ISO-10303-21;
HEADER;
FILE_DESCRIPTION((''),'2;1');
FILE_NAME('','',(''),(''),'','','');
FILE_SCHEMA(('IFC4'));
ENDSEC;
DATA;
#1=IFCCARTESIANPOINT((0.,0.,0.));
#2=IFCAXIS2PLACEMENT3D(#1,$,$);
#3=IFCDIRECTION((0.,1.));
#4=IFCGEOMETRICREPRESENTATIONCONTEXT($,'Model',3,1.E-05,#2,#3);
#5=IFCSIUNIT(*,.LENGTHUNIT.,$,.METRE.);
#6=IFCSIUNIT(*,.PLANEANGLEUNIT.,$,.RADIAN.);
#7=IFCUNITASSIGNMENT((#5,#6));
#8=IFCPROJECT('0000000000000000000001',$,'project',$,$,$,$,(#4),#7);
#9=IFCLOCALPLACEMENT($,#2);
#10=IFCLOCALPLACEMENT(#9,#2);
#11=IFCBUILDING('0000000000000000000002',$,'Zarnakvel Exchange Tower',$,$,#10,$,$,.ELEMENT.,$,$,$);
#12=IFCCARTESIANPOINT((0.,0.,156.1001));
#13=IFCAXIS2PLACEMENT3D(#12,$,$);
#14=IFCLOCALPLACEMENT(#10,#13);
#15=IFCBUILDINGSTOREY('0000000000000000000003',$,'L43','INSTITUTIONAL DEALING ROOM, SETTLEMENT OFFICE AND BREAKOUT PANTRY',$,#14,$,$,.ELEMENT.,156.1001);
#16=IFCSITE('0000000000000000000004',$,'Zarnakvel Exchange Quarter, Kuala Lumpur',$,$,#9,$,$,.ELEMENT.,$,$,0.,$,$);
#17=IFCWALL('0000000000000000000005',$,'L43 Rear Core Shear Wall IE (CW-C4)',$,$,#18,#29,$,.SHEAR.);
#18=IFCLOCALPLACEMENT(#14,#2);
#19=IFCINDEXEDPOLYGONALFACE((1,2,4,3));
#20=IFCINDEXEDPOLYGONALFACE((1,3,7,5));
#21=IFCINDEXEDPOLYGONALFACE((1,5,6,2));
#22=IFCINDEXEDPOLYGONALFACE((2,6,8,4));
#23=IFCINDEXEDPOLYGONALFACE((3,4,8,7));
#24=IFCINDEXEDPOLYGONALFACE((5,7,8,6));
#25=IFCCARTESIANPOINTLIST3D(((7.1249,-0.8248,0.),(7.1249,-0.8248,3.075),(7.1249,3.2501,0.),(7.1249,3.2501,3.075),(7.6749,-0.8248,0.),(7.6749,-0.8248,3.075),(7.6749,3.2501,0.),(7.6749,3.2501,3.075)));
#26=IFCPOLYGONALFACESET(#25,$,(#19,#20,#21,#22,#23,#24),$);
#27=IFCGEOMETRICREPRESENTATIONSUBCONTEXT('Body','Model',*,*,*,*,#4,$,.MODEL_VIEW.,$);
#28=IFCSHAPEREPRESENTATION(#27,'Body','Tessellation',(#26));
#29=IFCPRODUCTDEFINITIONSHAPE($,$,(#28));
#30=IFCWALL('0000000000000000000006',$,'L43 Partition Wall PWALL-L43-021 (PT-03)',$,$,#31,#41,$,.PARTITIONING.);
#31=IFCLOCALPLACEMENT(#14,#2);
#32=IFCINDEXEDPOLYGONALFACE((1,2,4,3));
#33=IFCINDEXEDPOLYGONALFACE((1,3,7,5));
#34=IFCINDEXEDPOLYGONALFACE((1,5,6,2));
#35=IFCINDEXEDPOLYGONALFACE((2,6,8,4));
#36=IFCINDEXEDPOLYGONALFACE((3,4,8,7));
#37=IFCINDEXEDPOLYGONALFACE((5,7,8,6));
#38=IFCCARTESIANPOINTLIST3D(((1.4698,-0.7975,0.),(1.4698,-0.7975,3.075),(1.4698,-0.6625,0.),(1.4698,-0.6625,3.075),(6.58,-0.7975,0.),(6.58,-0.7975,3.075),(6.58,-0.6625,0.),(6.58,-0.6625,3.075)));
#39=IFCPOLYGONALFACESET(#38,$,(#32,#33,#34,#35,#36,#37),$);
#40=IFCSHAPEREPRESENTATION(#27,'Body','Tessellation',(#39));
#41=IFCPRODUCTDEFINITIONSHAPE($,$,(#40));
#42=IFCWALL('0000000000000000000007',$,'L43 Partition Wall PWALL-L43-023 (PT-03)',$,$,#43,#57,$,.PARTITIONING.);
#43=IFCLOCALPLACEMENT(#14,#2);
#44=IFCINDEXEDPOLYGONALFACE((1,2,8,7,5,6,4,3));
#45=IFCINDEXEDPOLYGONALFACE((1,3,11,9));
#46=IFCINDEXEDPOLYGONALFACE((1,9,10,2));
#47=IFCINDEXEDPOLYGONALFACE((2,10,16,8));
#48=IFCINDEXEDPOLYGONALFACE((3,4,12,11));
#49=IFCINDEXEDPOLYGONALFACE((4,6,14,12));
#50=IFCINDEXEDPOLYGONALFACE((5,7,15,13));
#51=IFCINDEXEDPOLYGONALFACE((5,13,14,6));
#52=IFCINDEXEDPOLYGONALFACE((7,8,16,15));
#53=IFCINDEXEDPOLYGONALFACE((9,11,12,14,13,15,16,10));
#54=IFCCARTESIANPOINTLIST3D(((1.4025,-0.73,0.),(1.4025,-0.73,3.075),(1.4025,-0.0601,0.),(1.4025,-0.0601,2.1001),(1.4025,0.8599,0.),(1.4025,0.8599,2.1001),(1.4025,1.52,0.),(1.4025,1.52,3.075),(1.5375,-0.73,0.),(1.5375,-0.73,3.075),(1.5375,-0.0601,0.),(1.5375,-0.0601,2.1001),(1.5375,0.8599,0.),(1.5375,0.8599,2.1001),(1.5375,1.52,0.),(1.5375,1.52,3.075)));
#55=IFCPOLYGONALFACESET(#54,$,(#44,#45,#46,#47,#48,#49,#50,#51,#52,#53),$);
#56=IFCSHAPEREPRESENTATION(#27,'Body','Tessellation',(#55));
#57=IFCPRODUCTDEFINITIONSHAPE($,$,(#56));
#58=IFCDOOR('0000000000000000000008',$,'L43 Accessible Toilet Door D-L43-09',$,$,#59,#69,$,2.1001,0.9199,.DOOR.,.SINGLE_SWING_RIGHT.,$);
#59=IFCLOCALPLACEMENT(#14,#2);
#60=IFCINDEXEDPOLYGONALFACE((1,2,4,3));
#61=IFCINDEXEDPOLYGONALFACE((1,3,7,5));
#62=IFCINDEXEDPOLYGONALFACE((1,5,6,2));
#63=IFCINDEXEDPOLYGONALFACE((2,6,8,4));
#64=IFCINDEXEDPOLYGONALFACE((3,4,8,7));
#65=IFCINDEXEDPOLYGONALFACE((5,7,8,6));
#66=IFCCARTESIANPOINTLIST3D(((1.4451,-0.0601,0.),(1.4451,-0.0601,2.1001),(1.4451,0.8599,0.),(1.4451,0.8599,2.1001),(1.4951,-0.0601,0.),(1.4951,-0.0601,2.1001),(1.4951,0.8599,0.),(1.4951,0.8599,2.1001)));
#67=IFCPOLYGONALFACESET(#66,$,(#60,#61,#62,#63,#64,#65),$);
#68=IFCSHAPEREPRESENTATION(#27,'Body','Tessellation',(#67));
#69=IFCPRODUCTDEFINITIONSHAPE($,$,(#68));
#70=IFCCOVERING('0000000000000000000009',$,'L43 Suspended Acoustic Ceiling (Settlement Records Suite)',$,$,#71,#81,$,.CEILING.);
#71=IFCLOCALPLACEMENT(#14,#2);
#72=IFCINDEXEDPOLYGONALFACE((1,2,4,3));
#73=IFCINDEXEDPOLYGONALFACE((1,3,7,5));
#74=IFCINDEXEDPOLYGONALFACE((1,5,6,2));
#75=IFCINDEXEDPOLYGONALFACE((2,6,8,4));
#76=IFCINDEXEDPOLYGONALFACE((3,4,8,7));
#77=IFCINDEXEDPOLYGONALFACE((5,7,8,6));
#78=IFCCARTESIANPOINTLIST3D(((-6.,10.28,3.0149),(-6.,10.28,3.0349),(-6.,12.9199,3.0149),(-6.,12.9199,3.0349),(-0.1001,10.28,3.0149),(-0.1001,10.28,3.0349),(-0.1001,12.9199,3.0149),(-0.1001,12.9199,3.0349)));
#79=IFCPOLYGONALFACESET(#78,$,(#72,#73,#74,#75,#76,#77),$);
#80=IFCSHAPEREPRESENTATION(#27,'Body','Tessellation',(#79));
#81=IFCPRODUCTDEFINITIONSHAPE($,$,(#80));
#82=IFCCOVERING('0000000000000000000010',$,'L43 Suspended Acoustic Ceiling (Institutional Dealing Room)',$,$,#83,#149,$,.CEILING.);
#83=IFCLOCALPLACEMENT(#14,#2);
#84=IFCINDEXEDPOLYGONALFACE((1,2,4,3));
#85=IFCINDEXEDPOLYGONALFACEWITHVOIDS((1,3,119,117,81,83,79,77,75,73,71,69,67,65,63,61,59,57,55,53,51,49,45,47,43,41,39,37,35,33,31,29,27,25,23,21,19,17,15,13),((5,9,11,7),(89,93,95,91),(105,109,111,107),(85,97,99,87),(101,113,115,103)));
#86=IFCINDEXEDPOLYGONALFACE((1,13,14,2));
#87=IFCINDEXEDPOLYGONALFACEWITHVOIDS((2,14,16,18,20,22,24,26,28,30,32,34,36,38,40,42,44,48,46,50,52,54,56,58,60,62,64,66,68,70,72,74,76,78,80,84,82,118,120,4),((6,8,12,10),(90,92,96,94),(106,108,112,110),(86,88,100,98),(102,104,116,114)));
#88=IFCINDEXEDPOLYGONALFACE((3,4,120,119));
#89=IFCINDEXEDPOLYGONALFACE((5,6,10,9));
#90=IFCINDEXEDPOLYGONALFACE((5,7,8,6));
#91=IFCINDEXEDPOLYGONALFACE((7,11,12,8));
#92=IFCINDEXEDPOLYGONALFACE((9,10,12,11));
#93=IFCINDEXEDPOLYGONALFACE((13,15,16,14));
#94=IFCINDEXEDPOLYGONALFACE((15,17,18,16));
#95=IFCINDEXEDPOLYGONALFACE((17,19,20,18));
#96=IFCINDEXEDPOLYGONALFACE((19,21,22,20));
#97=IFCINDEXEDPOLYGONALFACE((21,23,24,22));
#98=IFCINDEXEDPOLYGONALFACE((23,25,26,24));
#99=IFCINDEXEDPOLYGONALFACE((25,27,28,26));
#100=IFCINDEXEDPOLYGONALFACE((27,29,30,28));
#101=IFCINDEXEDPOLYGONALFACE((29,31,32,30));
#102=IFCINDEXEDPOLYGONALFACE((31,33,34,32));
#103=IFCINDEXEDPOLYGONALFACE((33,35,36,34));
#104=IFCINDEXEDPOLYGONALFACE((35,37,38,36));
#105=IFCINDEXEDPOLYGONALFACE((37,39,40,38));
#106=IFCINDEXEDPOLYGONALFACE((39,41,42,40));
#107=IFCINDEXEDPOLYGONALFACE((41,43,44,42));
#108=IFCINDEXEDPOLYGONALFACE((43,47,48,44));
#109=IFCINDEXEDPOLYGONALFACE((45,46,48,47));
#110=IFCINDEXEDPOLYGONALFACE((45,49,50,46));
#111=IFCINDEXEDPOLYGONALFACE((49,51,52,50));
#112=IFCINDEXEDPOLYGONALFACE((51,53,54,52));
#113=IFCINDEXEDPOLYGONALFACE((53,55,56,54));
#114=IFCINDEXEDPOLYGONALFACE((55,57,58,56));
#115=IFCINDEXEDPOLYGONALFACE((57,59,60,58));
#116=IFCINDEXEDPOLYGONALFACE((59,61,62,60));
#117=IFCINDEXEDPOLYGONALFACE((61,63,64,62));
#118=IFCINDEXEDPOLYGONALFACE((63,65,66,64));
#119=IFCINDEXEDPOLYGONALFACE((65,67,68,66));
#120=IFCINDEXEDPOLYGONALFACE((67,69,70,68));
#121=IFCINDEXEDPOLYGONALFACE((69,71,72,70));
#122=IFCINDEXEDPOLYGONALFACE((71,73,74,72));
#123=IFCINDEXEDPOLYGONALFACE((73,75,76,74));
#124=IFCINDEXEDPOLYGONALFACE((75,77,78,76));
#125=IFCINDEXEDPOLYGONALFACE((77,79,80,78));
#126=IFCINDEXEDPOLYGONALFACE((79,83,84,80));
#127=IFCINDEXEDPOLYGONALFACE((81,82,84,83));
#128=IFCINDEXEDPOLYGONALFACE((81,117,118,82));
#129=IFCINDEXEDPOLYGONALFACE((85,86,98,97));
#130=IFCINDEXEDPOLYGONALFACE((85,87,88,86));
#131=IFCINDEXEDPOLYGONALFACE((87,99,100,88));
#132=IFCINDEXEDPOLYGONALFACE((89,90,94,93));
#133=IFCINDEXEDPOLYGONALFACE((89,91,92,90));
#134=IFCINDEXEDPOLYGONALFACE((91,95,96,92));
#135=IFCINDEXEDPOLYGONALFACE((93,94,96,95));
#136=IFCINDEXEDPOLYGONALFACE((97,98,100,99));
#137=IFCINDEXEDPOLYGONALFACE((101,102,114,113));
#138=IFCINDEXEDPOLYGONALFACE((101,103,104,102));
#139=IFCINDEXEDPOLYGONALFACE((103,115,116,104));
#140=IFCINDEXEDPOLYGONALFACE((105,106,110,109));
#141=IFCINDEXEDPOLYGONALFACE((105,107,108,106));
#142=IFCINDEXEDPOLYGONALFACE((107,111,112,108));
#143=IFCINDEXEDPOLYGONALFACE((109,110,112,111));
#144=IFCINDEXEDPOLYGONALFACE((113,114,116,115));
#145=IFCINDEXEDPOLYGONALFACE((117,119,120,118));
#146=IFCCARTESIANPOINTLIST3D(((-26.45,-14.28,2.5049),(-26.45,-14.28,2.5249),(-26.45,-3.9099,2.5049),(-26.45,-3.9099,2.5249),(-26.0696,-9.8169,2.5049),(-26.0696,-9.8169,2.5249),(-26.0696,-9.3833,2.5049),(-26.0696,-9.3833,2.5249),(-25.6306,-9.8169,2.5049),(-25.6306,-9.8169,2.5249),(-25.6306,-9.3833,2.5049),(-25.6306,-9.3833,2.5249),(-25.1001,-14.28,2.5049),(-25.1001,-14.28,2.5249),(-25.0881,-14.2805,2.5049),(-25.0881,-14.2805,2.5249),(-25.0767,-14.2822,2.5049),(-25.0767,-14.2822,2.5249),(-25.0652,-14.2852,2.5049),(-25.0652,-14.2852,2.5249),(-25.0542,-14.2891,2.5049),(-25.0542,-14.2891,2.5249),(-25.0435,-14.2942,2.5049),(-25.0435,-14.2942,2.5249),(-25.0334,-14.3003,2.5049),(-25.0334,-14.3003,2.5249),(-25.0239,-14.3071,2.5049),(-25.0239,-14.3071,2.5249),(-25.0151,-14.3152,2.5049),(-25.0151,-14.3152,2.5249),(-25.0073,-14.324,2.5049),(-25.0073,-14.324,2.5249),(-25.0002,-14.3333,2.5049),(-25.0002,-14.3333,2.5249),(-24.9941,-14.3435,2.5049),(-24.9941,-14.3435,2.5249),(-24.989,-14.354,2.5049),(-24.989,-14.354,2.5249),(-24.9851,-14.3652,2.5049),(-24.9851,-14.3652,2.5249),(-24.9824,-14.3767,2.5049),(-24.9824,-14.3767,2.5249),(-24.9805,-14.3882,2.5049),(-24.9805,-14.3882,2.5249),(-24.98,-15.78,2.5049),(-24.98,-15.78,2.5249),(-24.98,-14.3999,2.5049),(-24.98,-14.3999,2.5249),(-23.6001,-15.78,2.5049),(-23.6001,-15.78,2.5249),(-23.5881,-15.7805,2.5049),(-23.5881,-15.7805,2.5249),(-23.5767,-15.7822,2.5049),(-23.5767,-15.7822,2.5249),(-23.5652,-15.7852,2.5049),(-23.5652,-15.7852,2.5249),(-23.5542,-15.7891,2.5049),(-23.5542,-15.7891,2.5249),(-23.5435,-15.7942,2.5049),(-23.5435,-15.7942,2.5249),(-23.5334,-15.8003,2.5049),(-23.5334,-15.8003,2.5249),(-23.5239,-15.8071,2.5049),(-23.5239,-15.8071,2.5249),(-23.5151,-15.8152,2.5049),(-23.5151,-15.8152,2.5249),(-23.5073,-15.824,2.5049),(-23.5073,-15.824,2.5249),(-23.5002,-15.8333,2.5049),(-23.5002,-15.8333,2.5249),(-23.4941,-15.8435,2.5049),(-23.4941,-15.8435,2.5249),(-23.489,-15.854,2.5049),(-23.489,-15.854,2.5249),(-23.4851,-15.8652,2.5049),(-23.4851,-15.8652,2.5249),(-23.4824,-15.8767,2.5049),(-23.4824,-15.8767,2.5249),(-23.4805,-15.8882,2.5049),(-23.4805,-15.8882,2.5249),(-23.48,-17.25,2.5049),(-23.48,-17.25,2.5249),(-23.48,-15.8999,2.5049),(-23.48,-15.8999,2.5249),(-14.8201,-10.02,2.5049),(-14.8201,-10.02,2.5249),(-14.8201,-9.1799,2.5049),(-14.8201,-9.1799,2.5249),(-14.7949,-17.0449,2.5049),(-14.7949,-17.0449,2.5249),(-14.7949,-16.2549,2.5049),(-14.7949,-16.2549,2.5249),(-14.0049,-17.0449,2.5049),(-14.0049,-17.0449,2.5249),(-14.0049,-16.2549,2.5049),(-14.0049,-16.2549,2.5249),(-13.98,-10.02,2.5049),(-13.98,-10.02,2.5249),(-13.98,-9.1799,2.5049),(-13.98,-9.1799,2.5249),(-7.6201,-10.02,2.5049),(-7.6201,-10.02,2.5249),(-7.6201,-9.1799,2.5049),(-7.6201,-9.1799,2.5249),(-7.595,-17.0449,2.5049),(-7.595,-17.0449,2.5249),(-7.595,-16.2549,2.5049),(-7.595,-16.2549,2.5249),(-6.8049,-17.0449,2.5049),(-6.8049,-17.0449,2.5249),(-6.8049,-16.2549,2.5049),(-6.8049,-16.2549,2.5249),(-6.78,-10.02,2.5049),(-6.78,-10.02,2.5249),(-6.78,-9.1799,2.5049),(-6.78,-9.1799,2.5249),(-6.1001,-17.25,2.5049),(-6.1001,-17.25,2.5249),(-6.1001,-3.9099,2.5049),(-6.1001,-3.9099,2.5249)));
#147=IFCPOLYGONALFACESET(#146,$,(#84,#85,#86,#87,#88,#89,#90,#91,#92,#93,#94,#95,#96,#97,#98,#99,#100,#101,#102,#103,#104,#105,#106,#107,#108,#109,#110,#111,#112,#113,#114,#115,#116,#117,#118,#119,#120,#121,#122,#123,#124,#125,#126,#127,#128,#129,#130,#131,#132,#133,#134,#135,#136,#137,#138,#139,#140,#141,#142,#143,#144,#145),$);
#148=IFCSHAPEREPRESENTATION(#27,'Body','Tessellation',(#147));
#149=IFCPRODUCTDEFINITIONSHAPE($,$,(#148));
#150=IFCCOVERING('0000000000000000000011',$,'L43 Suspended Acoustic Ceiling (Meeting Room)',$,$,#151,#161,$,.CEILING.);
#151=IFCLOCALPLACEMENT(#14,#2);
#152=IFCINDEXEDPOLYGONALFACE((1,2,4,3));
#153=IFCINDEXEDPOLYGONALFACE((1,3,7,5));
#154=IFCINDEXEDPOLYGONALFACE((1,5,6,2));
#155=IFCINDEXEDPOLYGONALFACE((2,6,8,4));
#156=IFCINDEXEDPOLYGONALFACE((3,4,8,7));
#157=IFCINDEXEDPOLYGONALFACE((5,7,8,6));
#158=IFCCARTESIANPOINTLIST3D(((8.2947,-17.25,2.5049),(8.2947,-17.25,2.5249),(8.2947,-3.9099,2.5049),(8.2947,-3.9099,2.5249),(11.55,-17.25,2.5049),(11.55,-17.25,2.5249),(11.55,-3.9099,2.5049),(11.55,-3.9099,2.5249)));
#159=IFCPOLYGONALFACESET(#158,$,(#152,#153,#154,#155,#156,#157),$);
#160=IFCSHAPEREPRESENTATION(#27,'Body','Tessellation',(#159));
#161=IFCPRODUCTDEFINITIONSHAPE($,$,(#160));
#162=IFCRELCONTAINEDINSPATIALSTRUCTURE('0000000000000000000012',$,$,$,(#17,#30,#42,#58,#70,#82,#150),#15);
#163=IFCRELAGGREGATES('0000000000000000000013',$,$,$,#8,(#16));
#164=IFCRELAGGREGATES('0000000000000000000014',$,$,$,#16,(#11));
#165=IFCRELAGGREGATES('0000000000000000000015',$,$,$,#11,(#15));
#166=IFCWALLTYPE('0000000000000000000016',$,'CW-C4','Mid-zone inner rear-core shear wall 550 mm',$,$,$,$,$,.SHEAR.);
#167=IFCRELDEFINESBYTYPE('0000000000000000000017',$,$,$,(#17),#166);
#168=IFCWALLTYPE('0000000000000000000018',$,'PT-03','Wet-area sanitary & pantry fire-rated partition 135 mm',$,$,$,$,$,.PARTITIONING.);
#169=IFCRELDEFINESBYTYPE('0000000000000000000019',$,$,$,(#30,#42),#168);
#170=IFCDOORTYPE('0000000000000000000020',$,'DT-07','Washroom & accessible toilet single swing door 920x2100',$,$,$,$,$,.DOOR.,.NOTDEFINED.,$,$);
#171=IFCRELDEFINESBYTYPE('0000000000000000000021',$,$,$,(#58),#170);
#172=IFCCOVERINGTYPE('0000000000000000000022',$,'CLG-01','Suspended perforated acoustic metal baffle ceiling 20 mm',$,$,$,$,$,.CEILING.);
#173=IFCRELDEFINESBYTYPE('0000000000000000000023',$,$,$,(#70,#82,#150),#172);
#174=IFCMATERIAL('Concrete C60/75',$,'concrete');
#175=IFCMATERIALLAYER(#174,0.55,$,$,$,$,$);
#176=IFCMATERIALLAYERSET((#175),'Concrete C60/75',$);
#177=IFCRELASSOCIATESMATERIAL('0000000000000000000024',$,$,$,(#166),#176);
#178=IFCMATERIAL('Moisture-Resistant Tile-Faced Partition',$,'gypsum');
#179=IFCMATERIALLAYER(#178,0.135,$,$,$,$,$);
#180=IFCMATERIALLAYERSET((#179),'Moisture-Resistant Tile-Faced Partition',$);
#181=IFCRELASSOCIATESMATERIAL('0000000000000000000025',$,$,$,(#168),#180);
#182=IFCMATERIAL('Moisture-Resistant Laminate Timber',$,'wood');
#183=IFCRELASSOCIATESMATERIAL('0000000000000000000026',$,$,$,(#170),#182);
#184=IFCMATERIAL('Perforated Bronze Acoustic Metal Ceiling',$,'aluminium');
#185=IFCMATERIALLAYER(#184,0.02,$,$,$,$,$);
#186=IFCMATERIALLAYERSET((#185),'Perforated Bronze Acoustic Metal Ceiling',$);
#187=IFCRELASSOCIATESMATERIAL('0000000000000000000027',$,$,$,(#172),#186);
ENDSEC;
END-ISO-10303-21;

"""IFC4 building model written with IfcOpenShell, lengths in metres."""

from ifc_helpers import new_model, si_unit, direction, frame, frame_2d, origin, place, context, subcontext, project, spatial, polyline, rectangle, outline, extrude, source, transform, mapped, material, layer, layer_set, type_object, element, fill, save


model = new_model("IFC4")

# Units and contexts
model_context = context("Model", 3, precision=1e-05, world=origin(), true_north=direction((0.0, 1.0)))
body_context = subcontext(model_context, "Body", "Model", "MODEL_VIEW")
ifc_project = project(units=[si_unit("LENGTHUNIT", "METRE"), si_unit("PLANEANGLEUNIT", "RADIAN")], contexts=[model_context])

# Site, building, storey
site_placement = place(None, origin())
site = spatial("IfcSite", under=ifc_project, at=site_placement, Name="Zarnakvel Exchange Quarter, Kuala Lumpur", CompositionType="ELEMENT", RefElevation=0.0)
building_placement = place(site_placement, origin())
building = spatial("IfcBuilding", under=site, at=building_placement, Name="Zarnakvel Exchange Tower", CompositionType="ELEMENT")
storey_placement = place(building_placement, frame((0.0, 0.0, 156.1001)))
storey = spatial("IfcBuildingStorey", under=building, at=storey_placement, Name="L43", Description="INSTITUTIONAL DEALING ROOM, SETTLEMENT OFFICE AND BREAKOUT PANTRY", CompositionType="ELEMENT", Elevation=156.1001)

# Shared definitions
ifc_material_1 = material(Name="Concrete C60/75", Category="concrete")

# Walls
ifc_layer_1 = layer(ifc_material_1, 0.55)
ifc_layer_set_1 = layer_set([ifc_layer_1], Name="Concrete C60/75")
wall_type_1 = type_object("IfcWallType", Name="CW-C4", Description="Mid-zone inner rear-core shear wall 550 mm", PredefinedType="SHEAR", material=ifc_layer_set_1)
wall_1_placement = place(storey_placement, frame((7.3999, -0.825, 0.0), z_axis=(0.0, 0.0, 1.0), x_axis=(0.0, 1.0, 0.0)))
element("IfcWall", 1, at=wall_1_placement, inside=storey, type_object=wall_type_1, Name="L43 Rear Core Shear Wall IE (CW-C4)", PredefinedType="SHEAR", context=body_context, shape_type="SweptSolid", body=[
    extrude(rectangle(XDim=4.075, YDim=0.55, at=frame_2d((2.0376, 0.0))), origin(), (0.0, 0.0, 1.0), 3.075),
])
ifc_material_2 = material(Name="Moisture-Resistant Tile-Faced Partition", Category="gypsum")
ifc_layer_2 = layer(ifc_material_2, 0.135)
ifc_layer_set_2 = layer_set([ifc_layer_2], Name="Moisture-Resistant Tile-Faced Partition")
wall_type_2 = type_object("IfcWallType", Name="PT-03", Description="Wet-area sanitary & pantry fire-rated partition 135 mm", PredefinedType="PARTITIONING", material=ifc_layer_set_2)
wall_2_placement = place(storey_placement, frame((6.5801, -0.73, 0.0), z_axis=(0.0, 0.0, 1.0), x_axis=(-1.0, 0.0, 0.0)))
element("IfcWall", 2, at=wall_2_placement, inside=storey, type_object=wall_type_2, Name="L43 Partition Wall PWALL-L43-021 (PT-03)", PredefinedType="PARTITIONING", context=body_context, shape_type="SweptSolid", body=[
    extrude(rectangle(XDim=5.1101, YDim=0.135, at=frame_2d((2.5552, 0.0))), origin(), (0.0, 0.0, 1.0), 3.075),
])

# Wall, opening, door
wall_3_placement = place(storey_placement, frame((1.47, -0.73, 0.0), z_axis=(0.0, 0.0, 1.0), x_axis=(0.0, 1.0, 0.0)))
wall_3 = element("IfcWall", 3, at=wall_3_placement, inside=storey, type_object=wall_type_2, Name="L43 Partition Wall PWALL-L43-023 (PT-03)", PredefinedType="PARTITIONING", context=body_context, shape_type="SweptSolid", body=[
    extrude(rectangle(XDim=2.25, YDim=0.135, at=frame_2d((1.125, 0.0))), origin(), (0.0, 0.0, 1.0), 3.075),
])
opening_placement = place(wall_3_placement, frame((0.6699, 0.0, 0.0)))
opening = element("IfcOpeningElement", 4, at=opening_placement, cuts=wall_3, PredefinedType="OPENING", context=body_context, shape_type="SweptSolid", body=[
    extrude(rectangle(XDim=0.9199, YDim=2.1001, at=frame_2d((0.46, 1.05))), frame((0.0, 0.0774, 0.0), z_axis=(0.0, -1.0, 0.0), x_axis=(1.0, 0.0, 0.0)), (0.0, 0.0, 1.0), 0.155),
])
ifc_material_3 = material(Name="Moisture-Resistant Laminate Timber", Category="wood")
door_type = type_object("IfcDoorType", Name="DT-07", Description="Washroom & accessible toilet single swing door 920x2100", OperationType="NOTDEFINED", PredefinedType="DOOR", material=ifc_material_3)
shared_shape = source(origin(), body_context, "Body", "SweptSolid", [
    extrude(rectangle(XDim=0.9199, YDim=2.1001, at=frame_2d((0.46, 1.05))), frame((0.0, 0.0249, 0.0), z_axis=(0.0, -1.0, 0.0), x_axis=(1.0, 0.0, 0.0)), (0.0, 0.0, 1.0), 0.05),
])
door_placement = place(opening_placement, origin())
door = element("IfcDoor", 5, at=door_placement, inside=storey, type_object=door_type, Name="L43 Accessible Toilet Door D-L43-09", OperationType="SINGLE_SWING_RIGHT", OverallHeight=2.1001, OverallWidth=0.9199, PredefinedType="DOOR", context=body_context, shape_type="MappedRepresentation", body=[
    mapped(shared_shape, transform((0.0, 0.0, 0.0), x_axis=(1.0, 0.0, 0.0), y_axis=(0.0, 1.0, 0.0), z_axis=(0.0, 0.0, 1.0), scale=1.0)),
])
fill(opening, door)

# Coverings
ifc_material_4 = material(Name="Perforated Bronze Acoustic Metal Ceiling", Category="aluminium")
ifc_layer_3 = layer(ifc_material_4, 0.02)
ifc_layer_set_3 = layer_set([ifc_layer_3], Name="Perforated Bronze Acoustic Metal Ceiling")
covering_type_1 = type_object("IfcCoveringType", Name="CLG-01", Description="Suspended perforated acoustic metal baffle ceiling 20 mm", PredefinedType="CEILING", material=ifc_layer_set_3)
covering_1_placement = place(storey_placement, frame((0.0, 0.0, 3.0149)))
element("IfcCovering", 6, at=covering_1_placement, inside=storey, type_object=covering_type_1, Name="L43 Suspended Acoustic Ceiling (Settlement Records Suite)", PredefinedType="CEILING", context=body_context, shape_type="SweptSolid", body=[
    extrude(outline(polyline([(-6.0, 12.9199), (-0.1001, 12.9199), (-0.1001, 10.28), (-6.0, 10.28), (-6.0, 12.9199)])), origin(), (0.0, 0.0, 1.0), 0.02),
])
covering_2_placement = place(storey_placement, frame((0.0, 0.0, 2.5049)))
element("IfcCovering", 7, at=covering_2_placement, inside=storey, type_object=covering_type_1, Name="L43 Suspended Acoustic Ceiling (Institutional Dealing Room)", PredefinedType="CEILING", context=body_context, shape_type="SweptSolid", body=[
    extrude(outline(polyline([(-6.1001, -3.9099), (-6.1001, -17.25), (-23.48, -17.25), (-23.48, -15.8999), (-23.4805, -15.8882), (-23.4824, -15.8767), (-23.4851, -15.8652), (-23.489, -15.854), (-23.4941, -15.8435), (-23.5002, -15.8333), (-23.5073, -15.824), (-23.5151, -15.8152), (-23.5239, -15.8071), (-23.5334, -15.8003), (-23.5435, -15.7942), (-23.5542, -15.7891), (-23.5652, -15.7852), (-23.5767, -15.7822), (-23.5881, -15.7805), (-23.6001, -15.78), (-24.98, -15.78), (-24.98, -14.3999), (-24.9805, -14.3882), (-24.9824, -14.3767), (-24.9851, -14.3652), (-24.989, -14.354), (-24.9941, -14.3435), (-25.0002, -14.3333), (-25.0073, -14.324), (-25.0151, -14.3152), (-25.0239, -14.3071), (-25.0334, -14.3003), (-25.0435, -14.2942), (-25.0542, -14.2891), (-25.0652, -14.2852), (-25.0767, -14.2822), (-25.0881, -14.2805), (-25.1001, -14.28), (-26.45, -14.28), (-26.45, -3.9099), (-6.1001, -3.9099)]), holes=[polyline([(-6.78, -10.02), (-6.78, -9.1799), (-7.6201, -9.1799), (-7.6201, -10.02), (-6.78, -10.02)]), polyline([(-6.8049, -17.0449), (-6.8049, -16.2549), (-7.595, -16.2549), (-7.595, -17.0449), (-6.8049, -17.0449)]), polyline([(-13.98, -10.02), (-13.98, -9.1799), (-14.8201, -9.1799), (-14.8201, -10.02), (-13.98, -10.02)]), polyline([(-14.0049, -16.2549), (-14.7949, -16.2549), (-14.7949, -17.0449), (-14.0049, -17.0449), (-14.0049, -16.2549)]), polyline([(-25.6306, -9.8169), (-25.6306, -9.3833), (-26.0696, -9.3833), (-26.0696, -9.8169), (-25.6306, -9.8169)])]), origin(), (0.0, 0.0, 1.0), 0.02),
])
covering_3_placement = place(storey_placement, frame((0.0, 0.0, 2.5049)))
element("IfcCovering", 8, at=covering_3_placement, inside=storey, type_object=covering_type_1, Name="L43 Suspended Acoustic Ceiling (Meeting Room)", PredefinedType="CEILING", context=body_context, shape_type="SweptSolid", body=[
    extrude(outline(polyline([(8.2947, -3.9099), (11.55, -3.9099), (11.55, -17.25), (8.2947, -17.25), (8.2947, -3.9099)])), origin(), (0.0, 0.0, 1.0), 0.02),
])

save(model, "model.ifc")
